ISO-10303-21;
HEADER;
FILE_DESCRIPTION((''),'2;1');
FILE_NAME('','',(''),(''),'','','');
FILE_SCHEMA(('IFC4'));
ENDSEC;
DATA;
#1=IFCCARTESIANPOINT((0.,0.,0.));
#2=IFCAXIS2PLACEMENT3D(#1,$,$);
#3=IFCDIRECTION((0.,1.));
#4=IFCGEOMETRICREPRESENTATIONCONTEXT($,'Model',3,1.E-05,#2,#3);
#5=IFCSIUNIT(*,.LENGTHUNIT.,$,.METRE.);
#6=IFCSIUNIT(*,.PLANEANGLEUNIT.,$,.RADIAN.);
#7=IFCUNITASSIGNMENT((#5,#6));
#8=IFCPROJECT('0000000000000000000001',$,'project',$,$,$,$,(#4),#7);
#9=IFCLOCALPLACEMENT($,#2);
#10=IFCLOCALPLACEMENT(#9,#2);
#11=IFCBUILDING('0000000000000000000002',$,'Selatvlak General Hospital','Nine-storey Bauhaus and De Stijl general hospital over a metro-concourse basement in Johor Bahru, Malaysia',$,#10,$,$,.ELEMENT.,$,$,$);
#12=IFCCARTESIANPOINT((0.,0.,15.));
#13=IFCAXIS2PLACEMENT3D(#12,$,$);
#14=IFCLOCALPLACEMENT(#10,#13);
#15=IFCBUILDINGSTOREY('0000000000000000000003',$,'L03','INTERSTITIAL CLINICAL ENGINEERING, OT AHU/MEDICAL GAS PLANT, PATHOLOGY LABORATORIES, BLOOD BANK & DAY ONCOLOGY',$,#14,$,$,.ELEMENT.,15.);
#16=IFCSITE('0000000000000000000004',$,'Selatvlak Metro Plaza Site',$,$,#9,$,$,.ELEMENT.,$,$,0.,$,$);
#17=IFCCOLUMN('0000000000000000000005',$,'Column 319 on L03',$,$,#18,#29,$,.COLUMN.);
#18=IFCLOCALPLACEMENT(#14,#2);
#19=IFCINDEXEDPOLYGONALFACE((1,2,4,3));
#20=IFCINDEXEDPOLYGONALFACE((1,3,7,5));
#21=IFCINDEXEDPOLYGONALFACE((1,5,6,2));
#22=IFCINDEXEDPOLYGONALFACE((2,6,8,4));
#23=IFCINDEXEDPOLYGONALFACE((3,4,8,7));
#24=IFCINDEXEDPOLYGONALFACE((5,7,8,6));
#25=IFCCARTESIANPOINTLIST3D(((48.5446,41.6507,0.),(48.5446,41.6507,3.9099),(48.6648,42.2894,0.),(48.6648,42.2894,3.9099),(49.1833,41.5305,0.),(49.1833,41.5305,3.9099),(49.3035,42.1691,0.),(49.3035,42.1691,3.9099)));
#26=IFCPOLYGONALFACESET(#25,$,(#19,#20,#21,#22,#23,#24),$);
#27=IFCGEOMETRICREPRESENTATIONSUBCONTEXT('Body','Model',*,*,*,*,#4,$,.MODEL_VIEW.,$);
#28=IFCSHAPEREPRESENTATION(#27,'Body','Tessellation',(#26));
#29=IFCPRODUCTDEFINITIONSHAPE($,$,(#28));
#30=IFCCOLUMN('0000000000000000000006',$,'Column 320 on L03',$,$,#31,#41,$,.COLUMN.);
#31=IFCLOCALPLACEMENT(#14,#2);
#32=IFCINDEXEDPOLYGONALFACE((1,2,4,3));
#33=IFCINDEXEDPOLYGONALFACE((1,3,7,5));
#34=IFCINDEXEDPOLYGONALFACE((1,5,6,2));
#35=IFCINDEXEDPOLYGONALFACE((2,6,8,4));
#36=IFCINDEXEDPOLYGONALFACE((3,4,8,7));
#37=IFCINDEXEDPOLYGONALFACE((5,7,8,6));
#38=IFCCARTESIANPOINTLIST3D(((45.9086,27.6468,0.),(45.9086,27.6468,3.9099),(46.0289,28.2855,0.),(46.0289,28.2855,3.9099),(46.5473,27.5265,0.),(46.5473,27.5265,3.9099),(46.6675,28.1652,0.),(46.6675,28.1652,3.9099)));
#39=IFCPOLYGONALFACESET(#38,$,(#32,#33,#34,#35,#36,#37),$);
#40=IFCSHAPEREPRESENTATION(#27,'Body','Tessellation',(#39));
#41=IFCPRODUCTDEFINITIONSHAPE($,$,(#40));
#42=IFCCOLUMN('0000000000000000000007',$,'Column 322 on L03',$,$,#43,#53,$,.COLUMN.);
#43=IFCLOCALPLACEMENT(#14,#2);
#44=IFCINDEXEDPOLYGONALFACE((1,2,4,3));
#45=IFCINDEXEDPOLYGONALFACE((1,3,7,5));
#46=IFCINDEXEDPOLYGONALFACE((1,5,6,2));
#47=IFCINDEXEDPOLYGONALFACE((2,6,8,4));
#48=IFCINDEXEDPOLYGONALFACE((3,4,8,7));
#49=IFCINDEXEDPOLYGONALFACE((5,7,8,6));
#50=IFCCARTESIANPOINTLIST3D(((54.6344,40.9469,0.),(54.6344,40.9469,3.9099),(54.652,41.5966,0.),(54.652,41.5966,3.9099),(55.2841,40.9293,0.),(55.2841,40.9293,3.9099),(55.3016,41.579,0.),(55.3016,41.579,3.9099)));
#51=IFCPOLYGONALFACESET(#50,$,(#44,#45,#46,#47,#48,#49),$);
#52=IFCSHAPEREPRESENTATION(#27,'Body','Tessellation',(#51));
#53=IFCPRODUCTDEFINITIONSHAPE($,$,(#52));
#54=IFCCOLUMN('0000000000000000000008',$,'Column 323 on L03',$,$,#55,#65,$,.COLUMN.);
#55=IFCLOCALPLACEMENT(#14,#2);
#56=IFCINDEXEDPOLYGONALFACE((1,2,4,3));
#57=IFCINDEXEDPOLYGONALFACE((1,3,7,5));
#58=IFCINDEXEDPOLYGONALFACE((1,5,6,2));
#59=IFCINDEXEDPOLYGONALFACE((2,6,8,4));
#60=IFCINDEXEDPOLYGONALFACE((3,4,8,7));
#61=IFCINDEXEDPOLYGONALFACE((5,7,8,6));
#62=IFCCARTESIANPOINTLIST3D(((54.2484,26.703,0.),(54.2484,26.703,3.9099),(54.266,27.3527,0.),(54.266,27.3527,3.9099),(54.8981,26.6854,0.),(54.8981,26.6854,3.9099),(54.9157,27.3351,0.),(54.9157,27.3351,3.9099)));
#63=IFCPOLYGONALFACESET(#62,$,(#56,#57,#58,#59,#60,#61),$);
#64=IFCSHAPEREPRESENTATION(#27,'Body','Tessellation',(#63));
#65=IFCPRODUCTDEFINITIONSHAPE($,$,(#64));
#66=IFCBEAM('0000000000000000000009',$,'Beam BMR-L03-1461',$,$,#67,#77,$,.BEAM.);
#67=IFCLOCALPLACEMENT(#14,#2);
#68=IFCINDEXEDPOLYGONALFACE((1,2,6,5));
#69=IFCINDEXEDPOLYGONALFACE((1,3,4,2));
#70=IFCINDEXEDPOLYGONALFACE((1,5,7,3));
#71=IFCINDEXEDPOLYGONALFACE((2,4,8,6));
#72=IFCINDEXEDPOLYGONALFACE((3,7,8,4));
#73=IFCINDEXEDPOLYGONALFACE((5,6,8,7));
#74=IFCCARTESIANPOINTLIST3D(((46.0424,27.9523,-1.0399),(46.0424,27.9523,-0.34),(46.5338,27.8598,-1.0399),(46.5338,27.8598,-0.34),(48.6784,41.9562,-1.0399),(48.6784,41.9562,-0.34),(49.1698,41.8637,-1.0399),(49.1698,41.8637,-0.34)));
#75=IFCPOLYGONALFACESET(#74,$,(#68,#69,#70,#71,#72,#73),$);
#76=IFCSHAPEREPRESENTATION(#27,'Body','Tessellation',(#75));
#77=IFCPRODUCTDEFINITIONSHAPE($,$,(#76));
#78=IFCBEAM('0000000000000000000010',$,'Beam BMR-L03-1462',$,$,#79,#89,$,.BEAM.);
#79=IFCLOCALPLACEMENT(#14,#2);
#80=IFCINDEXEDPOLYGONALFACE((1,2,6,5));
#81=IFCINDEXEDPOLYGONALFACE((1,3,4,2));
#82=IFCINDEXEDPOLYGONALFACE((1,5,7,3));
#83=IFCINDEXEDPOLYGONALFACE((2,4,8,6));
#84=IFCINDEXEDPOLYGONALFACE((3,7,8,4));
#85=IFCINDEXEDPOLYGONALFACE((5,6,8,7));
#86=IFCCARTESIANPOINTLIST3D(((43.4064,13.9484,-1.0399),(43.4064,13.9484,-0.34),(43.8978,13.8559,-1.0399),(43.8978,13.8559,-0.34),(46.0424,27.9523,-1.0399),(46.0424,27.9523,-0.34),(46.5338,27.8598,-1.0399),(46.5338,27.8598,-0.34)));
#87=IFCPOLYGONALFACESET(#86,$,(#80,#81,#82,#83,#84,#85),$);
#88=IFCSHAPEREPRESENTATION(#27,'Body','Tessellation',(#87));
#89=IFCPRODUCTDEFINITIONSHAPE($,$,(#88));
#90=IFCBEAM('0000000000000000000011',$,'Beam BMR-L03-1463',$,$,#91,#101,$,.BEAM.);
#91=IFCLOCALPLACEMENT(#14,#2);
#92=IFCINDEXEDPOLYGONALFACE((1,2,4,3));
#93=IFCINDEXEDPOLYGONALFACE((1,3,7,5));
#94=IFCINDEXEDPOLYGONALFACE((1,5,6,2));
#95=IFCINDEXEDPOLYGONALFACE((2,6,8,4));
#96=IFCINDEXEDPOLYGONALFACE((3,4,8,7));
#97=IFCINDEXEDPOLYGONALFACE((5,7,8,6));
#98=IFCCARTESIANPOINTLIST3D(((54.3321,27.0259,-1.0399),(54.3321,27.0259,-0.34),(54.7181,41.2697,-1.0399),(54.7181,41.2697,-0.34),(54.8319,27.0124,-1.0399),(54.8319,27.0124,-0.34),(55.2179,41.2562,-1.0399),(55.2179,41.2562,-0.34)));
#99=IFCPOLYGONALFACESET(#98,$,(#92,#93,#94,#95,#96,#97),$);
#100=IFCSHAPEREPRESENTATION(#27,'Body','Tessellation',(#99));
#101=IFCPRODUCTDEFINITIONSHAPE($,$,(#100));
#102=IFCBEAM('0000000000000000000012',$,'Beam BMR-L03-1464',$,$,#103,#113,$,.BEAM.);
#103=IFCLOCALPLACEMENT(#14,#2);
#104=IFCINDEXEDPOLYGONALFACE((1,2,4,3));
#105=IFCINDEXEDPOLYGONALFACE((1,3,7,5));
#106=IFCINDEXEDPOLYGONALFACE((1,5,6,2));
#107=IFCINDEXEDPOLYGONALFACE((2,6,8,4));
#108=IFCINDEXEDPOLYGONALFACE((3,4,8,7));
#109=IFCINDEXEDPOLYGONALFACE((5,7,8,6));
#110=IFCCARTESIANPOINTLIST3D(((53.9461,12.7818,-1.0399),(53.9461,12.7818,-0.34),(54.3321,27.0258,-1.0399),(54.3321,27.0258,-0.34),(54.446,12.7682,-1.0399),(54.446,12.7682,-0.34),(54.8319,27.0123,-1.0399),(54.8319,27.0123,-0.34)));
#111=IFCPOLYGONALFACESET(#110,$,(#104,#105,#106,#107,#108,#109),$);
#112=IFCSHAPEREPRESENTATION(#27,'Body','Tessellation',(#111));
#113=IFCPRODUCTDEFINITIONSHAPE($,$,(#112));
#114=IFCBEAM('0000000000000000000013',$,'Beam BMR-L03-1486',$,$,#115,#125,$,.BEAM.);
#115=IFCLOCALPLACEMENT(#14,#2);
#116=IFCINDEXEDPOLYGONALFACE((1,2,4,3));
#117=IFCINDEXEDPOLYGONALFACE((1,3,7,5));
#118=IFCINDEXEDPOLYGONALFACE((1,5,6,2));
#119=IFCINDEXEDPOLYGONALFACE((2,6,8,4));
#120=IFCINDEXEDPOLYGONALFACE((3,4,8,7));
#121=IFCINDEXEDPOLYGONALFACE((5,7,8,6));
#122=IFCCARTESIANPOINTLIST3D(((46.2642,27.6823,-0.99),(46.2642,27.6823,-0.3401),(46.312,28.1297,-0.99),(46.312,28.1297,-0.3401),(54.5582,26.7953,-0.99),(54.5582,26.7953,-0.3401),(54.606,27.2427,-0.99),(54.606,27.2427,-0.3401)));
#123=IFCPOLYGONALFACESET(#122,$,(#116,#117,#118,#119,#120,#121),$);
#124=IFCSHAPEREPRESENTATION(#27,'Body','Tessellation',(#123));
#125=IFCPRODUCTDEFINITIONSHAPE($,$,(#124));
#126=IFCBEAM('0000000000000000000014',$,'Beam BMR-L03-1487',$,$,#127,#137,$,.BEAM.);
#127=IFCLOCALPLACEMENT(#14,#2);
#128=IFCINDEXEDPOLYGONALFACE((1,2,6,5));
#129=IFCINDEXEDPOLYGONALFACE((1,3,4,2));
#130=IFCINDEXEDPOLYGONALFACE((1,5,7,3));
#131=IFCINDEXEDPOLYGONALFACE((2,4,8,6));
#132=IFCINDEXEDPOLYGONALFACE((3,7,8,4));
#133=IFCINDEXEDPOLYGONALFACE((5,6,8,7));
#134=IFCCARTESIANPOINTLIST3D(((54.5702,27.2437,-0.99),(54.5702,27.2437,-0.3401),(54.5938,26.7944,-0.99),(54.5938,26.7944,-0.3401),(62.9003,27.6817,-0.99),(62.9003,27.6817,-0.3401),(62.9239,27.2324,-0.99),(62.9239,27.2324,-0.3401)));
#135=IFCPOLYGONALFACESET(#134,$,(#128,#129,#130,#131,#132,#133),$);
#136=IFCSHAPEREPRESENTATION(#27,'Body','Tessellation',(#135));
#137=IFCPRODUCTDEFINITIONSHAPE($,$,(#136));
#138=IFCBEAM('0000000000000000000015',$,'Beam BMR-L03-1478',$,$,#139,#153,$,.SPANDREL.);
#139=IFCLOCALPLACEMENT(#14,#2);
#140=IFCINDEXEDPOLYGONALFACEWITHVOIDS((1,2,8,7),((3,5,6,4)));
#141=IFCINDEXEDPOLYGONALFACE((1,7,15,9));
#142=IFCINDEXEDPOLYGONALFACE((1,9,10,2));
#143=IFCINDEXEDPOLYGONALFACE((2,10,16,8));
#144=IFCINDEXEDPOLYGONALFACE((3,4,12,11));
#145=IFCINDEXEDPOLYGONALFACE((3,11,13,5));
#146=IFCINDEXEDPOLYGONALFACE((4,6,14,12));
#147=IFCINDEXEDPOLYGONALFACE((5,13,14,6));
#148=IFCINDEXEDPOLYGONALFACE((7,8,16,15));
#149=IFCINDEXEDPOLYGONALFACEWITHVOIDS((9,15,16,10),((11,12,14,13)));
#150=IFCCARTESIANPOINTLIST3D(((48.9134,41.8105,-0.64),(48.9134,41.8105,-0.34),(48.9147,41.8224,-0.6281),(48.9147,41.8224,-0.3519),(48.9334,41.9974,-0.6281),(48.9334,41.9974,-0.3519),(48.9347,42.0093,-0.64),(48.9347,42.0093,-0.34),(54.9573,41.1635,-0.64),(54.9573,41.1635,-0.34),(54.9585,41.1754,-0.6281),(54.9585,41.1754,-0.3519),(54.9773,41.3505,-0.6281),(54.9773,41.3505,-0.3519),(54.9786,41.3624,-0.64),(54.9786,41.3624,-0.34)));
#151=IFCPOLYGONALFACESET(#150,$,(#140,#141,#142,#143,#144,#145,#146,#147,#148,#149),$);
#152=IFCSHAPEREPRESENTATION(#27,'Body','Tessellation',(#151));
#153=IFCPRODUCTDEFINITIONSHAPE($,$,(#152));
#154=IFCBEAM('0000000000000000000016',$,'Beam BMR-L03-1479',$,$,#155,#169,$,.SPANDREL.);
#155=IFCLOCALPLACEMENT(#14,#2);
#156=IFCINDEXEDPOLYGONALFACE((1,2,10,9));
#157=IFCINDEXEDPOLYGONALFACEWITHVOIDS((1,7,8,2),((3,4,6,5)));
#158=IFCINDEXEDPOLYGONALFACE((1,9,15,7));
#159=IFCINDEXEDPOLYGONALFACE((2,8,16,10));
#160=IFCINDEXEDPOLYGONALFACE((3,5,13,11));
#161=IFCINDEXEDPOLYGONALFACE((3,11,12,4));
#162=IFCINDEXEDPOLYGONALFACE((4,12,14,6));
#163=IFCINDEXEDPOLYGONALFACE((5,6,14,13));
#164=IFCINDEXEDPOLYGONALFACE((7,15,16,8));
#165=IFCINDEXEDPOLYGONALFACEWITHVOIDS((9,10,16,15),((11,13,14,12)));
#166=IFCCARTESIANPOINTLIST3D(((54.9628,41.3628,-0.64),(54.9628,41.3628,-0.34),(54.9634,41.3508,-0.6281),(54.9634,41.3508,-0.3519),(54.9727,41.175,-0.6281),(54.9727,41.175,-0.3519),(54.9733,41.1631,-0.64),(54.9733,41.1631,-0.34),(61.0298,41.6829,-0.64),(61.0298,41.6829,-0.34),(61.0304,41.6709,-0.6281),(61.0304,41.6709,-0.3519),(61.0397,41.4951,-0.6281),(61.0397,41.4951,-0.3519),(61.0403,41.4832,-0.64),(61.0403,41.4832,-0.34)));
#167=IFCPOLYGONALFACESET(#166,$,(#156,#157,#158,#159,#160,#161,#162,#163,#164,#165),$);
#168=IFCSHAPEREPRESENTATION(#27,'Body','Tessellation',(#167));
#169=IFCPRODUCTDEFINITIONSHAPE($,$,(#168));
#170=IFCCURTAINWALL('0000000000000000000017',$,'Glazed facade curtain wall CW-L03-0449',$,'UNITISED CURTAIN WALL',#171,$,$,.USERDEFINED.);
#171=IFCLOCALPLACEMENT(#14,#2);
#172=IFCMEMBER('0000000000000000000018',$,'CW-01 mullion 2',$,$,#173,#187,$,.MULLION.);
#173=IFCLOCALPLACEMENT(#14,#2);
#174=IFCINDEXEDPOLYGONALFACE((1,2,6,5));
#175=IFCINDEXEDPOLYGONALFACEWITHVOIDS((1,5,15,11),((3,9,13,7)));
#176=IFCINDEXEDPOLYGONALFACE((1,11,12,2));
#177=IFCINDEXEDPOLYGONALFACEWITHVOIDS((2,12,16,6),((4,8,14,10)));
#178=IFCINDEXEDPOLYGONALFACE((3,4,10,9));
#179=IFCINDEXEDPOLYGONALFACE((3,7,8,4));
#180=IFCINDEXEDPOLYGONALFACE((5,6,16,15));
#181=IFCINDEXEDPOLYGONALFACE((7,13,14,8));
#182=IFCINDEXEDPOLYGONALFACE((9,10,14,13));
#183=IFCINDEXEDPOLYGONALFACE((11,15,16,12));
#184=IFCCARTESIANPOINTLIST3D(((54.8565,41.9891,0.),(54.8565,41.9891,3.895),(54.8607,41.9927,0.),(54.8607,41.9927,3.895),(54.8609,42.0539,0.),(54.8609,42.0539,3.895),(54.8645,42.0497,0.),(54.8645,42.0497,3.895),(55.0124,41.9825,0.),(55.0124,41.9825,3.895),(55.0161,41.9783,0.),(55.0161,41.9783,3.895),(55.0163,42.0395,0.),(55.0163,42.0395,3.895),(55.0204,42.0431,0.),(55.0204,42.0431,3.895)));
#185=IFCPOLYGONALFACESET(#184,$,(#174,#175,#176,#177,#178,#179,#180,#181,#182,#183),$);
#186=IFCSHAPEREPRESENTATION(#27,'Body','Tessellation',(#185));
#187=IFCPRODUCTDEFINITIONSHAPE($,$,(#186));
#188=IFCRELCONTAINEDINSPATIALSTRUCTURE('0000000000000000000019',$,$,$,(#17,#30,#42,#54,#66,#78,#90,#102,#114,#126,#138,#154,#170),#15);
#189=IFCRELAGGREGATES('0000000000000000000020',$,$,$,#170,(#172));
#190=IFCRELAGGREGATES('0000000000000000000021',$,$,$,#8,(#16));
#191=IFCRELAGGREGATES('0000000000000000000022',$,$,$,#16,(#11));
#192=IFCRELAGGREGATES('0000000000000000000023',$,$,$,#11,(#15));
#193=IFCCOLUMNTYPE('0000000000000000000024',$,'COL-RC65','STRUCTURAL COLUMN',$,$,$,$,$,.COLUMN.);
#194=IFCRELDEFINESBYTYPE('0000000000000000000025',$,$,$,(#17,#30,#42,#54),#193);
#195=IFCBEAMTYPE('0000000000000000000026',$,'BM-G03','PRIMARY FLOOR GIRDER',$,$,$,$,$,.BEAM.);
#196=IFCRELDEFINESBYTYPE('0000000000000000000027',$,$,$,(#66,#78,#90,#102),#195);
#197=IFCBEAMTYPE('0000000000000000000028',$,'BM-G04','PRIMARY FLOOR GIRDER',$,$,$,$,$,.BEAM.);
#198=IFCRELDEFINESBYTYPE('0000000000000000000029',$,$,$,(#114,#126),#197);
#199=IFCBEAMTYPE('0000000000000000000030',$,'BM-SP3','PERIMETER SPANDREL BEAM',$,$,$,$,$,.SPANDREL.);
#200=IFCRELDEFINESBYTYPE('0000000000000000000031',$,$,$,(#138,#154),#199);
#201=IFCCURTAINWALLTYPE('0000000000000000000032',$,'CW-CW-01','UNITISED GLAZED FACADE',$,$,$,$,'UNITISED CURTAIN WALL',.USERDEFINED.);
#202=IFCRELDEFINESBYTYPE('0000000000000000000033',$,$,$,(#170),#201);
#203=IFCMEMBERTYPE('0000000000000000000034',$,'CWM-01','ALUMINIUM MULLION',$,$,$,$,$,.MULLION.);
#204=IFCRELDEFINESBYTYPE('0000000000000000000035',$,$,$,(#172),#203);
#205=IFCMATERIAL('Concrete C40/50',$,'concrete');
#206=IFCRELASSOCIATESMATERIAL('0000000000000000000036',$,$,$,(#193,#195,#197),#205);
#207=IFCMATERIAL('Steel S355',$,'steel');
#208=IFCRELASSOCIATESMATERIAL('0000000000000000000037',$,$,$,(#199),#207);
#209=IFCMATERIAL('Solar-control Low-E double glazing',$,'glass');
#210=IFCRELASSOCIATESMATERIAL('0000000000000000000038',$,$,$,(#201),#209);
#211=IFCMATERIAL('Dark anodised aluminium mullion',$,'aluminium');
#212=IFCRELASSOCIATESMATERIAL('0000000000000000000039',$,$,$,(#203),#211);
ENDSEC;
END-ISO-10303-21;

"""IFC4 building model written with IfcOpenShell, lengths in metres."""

from ifc_helpers import new_model, si_unit, direction, frame, origin, origin_2d, place, context, subcontext, project, spatial, rectangle, hollow_rectangle, extrude, material, material_profile, profile_set, type_object, element, aggregate, save


model = new_model("IFC4")

# Units and contexts
model_context = context("Model", 3, precision=1e-05, world=origin(), true_north=direction((0.0, 1.0)))
body_context = subcontext(model_context, "Body", "Model", "MODEL_VIEW")
ifc_project = project(units=[si_unit("LENGTHUNIT", "METRE"), si_unit("PLANEANGLEUNIT", "RADIAN")], contexts=[model_context])

# Site, building, storey
site_placement = place(None, origin())
site = spatial("IfcSite", under=ifc_project, at=site_placement, Name="Selatvlak Metro Plaza Site", CompositionType="ELEMENT", RefElevation=0.0)
building_placement = place(site_placement, origin())
building = spatial("IfcBuilding", under=site, at=building_placement, Name="Selatvlak General Hospital", Description="Nine-storey Bauhaus and De Stijl general hospital over a metro-concourse basement in Johor Bahru, Malaysia", CompositionType="ELEMENT")
storey_placement = place(building_placement, frame((0.0, 0.0, 15.0)))
storey = spatial("IfcBuildingStorey", under=building, at=storey_placement, Name="L03", Description="INTERSTITIAL CLINICAL ENGINEERING, OT AHU/MEDICAL GAS PLANT, PATHOLOGY LABORATORIES, BLOOD BANK & DAY ONCOLOGY", CompositionType="ELEMENT", Elevation=15.0)

# Columns
ifc_material_1 = material(Name="Concrete C40/50", Category="concrete")
ifc_material_profile_1 = material_profile(ifc_material_1, rectangle(XDim=0.6499, YDim=0.6499, at=origin_2d()), Name="RC-COL 650x650")
ifc_profile_set_1 = profile_set([ifc_material_profile_1], Name="Concrete C40/50")
column_type = type_object("IfcColumnType", Name="COL-RC65", Description="STRUCTURAL COLUMN", PredefinedType="COLUMN", material=ifc_profile_set_1)
for number, where, z_axis, x_axis, name in (
    (1, (48.9241, 41.9099, 0.0), (0.0, 0.0, 1.0), (0.184998, 0.982739, 0.0), "Column 319 on L03"),
    (2, (46.2881, 27.906, 0.0), (0.0, 0.0, 1.0), (0.184998, 0.982739, 0.0), "Column 320 on L03"),
    (3, (54.968, 41.2629, 0.0), (0.0, 0.0, 1.0), (0.027067, 0.999634, 0.0), "Column 322 on L03"),
    (4, (54.582, 27.019, 0.0), (0.0, 0.0, 1.0), (0.027067, 0.999634, 0.0), "Column 323 on L03"),
):
    element("IfcColumn", number, at=place(storey_placement, frame(where, z_axis=z_axis, x_axis=x_axis)), inside=storey, type_object=column_type, Name=name, PredefinedType="COLUMN", context=body_context, shape_type="SweptSolid", body=[
        extrude(rectangle(XDim=0.6499, YDim=0.6499, at=origin_2d()), origin(), (0.0, 0.0, 1.0), 3.9099),
    ])

# Beams
ifc_material_profile_2 = material_profile(ifc_material_1, rectangle(XDim=0.5, YDim=0.7, at=origin_2d()), Name="RC-BM 500x700")
ifc_profile_set_2 = profile_set([ifc_material_profile_2], Name="Concrete C40/50")
beam_type_1 = type_object("IfcBeamType", Name="BM-G03", Description="PRIMARY FLOOR GIRDER", PredefinedType="BEAM", material=ifc_profile_set_2)
for number, where, z_axis, x_axis, name in (
    (5, (48.9241, 41.9099, -0.6899), (-0.184984, -0.982742, 0.0), (0.982742, -0.184984, 0.0), "Beam BMR-L03-1461"),
    (6, (46.2881, 27.906, -0.6899), (-0.184984, -0.982742, 0.0), (0.982742, -0.184984, 0.0), "Beam BMR-L03-1462"),
):
    element("IfcBeam", number, at=place(storey_placement, frame(where, z_axis=z_axis, x_axis=x_axis)), inside=storey, type_object=beam_type_1, Name=name, PredefinedType="BEAM", context=body_context, shape_type="SweptSolid", body=[
        extrude(rectangle(XDim=0.5, YDim=0.7, at=origin_2d()), origin(), (0.0, 0.0, 1.0), 14.2498),
    ])
beam_1_placement = place(storey_placement, frame((54.968, 41.2629, -0.6899), z_axis=(-0.027088, -0.999633, 0.0), x_axis=(0.999633, -0.027088, 0.0)))
element("IfcBeam", 7, at=beam_1_placement, inside=storey, type_object=beam_type_1, Name="Beam BMR-L03-1463", PredefinedType="BEAM", context=body_context, shape_type="SweptSolid", body=[
    extrude(rectangle(XDim=0.5, YDim=0.7, at=origin_2d()), origin(), (0.0, 0.0, 1.0), 14.249),
])
beam_2_placement = place(storey_placement, frame((54.582, 27.019, -0.6899), z_axis=(-0.027088, -0.999633, 0.0), x_axis=(0.999633, -0.027088, 0.0)))
element("IfcBeam", 8, at=beam_2_placement, inside=storey, type_object=beam_type_1, Name="Beam BMR-L03-1464", PredefinedType="BEAM", context=body_context, shape_type="SweptSolid", body=[
    extrude(rectangle(XDim=0.5, YDim=0.7, at=origin_2d()), origin(), (0.0, 0.0, 1.0), 14.2493),
])
ifc_material_profile_3 = material_profile(ifc_material_1, rectangle(XDim=0.45, YDim=0.6499, at=origin_2d()), Name="RC-BM 450x650")
ifc_profile_set_3 = profile_set([ifc_material_profile_3], Name="Concrete C40/50")
beam_type_2 = type_object("IfcBeamType", Name="BM-G04", Description="PRIMARY FLOOR GIRDER", PredefinedType="BEAM", material=ifc_profile_set_3)
beam_3_placement = place(storey_placement, frame((46.2881, 27.906, -0.665), z_axis=(0.99433, -0.106335, 0.0), x_axis=(0.106335, 0.99433, 0.0)))
element("IfcBeam", 9, at=beam_3_placement, inside=storey, type_object=beam_type_2, Name="Beam BMR-L03-1486", PredefinedType="BEAM", context=body_context, shape_type="SweptSolid", body=[
    extrude(rectangle(XDim=0.45, YDim=0.6499, at=origin_2d()), origin(), (0.0, 0.0, 1.0), 8.3413),
])
beam_4_placement = place(storey_placement, frame((54.582, 27.019, -0.665), z_axis=(0.998621, 0.052507, 0.0), x_axis=(-0.052507, 0.998621, 0.0)))
element("IfcBeam", 10, at=beam_4_placement, inside=storey, type_object=beam_type_2, Name="Beam BMR-L03-1487", PredefinedType="BEAM", context=body_context, shape_type="SweptSolid", body=[
    extrude(rectangle(XDim=0.45, YDim=0.6499, at=origin_2d()), origin(), (0.0, 0.0, 1.0), 8.3416),
])
ifc_material_2 = material(Name="Steel S355", Category="steel")
ifc_material_profile_4 = material_profile(ifc_material_2, hollow_rectangle(XDim=0.2, YDim=0.3, WallThickness=0.012, at=origin_2d()), Name="RHS 300x200x12")
ifc_profile_set_4 = profile_set([ifc_material_profile_4], Name="Steel S355")
beam_type_3 = type_object("IfcBeamType", Name="BM-SP3", Description="PERIMETER SPANDREL BEAM", PredefinedType="SPANDREL", material=ifc_profile_set_4)
beam_5_placement = place(storey_placement, frame((48.9241, 41.9099, -0.49), z_axis=(0.994319, -0.106437, 0.0), x_axis=(0.106437, 0.994319, 0.0)))
element("IfcBeam", 11, at=beam_5_placement, inside=storey, type_object=beam_type_3, Name="Beam BMR-L03-1478", PredefinedType="SPANDREL", context=body_context, shape_type="SweptSolid", body=[
    extrude(hollow_rectangle(XDim=0.2, YDim=0.3, WallThickness=0.012, at=origin_2d()), origin(), (0.0, 0.0, 1.0), 6.0784),
])
beam_6_placement = place(storey_placement, frame((54.968, 41.2629, -0.49), z_axis=(0.998611, 0.052683, 0.0), x_axis=(-0.052683, 0.998611, 0.0)))
element("IfcBeam", 12, at=beam_6_placement, inside=storey, type_object=beam_type_3, Name="Beam BMR-L03-1479", PredefinedType="SPANDREL", context=body_context, shape_type="SweptSolid", body=[
    extrude(hollow_rectangle(XDim=0.2, YDim=0.3, WallThickness=0.012, at=origin_2d()), origin(), (0.0, 0.0, 1.0), 6.0754),
])

# Curtain wall, member
ifc_material_3 = material(Name="Solar-control Low-E double glazing", Category="glass")
curtain_wall_type_1 = type_object("IfcCurtainWallType", Name="CW-CW-01", Description="UNITISED GLAZED FACADE", ElementType="UNITISED CURTAIN WALL", PredefinedType="USERDEFINED", material=ifc_material_3)
curtain_wall_1_placement = place(storey_placement, origin())
curtain_wall_1 = element("IfcCurtainWall", 13, at=curtain_wall_1_placement, inside=storey, type_object=curtain_wall_type_1, Name="Glazed facade curtain wall CW-L03-0449", ObjectType="UNITISED CURTAIN WALL", PredefinedType="USERDEFINED")
ifc_material_4 = material(Name="Dark anodised aluminium mullion", Category="aluminium")
ifc_material_profile_5 = material_profile(ifc_material_4, hollow_rectangle(XDim=0.0649, YDim=0.1599, WallThickness=0.0039, at=origin_2d()), Name="AL-MUL 65x160x4")
ifc_profile_set_5 = profile_set([ifc_material_profile_5], Name="Dark anodised aluminium mullion")
member_type_1 = type_object("IfcMemberType", Name="CWM-01", Description="ALUMINIUM MULLION", PredefinedType="MULLION", material=ifc_profile_set_5)
member_1_placement = place(storey_placement, frame((54.9385, 42.0161, 0.0), z_axis=(0.0, 0.0, 1.0), x_axis=(0.067182, 0.997741, 0.0)))
member_1 = element("IfcMember", 14, at=member_1_placement, type_object=member_type_1, Name="CW-01 mullion 2", PredefinedType="MULLION", context=body_context, shape_type="SweptSolid", body=[
    extrude(hollow_rectangle(XDim=0.0649, YDim=0.1599, WallThickness=0.0039, at=origin_2d()), origin(), (0.0, 0.0, 1.0), 3.895),
])
aggregate(curtain_wall_1, [member_1])

save(model, "model.ifc")
